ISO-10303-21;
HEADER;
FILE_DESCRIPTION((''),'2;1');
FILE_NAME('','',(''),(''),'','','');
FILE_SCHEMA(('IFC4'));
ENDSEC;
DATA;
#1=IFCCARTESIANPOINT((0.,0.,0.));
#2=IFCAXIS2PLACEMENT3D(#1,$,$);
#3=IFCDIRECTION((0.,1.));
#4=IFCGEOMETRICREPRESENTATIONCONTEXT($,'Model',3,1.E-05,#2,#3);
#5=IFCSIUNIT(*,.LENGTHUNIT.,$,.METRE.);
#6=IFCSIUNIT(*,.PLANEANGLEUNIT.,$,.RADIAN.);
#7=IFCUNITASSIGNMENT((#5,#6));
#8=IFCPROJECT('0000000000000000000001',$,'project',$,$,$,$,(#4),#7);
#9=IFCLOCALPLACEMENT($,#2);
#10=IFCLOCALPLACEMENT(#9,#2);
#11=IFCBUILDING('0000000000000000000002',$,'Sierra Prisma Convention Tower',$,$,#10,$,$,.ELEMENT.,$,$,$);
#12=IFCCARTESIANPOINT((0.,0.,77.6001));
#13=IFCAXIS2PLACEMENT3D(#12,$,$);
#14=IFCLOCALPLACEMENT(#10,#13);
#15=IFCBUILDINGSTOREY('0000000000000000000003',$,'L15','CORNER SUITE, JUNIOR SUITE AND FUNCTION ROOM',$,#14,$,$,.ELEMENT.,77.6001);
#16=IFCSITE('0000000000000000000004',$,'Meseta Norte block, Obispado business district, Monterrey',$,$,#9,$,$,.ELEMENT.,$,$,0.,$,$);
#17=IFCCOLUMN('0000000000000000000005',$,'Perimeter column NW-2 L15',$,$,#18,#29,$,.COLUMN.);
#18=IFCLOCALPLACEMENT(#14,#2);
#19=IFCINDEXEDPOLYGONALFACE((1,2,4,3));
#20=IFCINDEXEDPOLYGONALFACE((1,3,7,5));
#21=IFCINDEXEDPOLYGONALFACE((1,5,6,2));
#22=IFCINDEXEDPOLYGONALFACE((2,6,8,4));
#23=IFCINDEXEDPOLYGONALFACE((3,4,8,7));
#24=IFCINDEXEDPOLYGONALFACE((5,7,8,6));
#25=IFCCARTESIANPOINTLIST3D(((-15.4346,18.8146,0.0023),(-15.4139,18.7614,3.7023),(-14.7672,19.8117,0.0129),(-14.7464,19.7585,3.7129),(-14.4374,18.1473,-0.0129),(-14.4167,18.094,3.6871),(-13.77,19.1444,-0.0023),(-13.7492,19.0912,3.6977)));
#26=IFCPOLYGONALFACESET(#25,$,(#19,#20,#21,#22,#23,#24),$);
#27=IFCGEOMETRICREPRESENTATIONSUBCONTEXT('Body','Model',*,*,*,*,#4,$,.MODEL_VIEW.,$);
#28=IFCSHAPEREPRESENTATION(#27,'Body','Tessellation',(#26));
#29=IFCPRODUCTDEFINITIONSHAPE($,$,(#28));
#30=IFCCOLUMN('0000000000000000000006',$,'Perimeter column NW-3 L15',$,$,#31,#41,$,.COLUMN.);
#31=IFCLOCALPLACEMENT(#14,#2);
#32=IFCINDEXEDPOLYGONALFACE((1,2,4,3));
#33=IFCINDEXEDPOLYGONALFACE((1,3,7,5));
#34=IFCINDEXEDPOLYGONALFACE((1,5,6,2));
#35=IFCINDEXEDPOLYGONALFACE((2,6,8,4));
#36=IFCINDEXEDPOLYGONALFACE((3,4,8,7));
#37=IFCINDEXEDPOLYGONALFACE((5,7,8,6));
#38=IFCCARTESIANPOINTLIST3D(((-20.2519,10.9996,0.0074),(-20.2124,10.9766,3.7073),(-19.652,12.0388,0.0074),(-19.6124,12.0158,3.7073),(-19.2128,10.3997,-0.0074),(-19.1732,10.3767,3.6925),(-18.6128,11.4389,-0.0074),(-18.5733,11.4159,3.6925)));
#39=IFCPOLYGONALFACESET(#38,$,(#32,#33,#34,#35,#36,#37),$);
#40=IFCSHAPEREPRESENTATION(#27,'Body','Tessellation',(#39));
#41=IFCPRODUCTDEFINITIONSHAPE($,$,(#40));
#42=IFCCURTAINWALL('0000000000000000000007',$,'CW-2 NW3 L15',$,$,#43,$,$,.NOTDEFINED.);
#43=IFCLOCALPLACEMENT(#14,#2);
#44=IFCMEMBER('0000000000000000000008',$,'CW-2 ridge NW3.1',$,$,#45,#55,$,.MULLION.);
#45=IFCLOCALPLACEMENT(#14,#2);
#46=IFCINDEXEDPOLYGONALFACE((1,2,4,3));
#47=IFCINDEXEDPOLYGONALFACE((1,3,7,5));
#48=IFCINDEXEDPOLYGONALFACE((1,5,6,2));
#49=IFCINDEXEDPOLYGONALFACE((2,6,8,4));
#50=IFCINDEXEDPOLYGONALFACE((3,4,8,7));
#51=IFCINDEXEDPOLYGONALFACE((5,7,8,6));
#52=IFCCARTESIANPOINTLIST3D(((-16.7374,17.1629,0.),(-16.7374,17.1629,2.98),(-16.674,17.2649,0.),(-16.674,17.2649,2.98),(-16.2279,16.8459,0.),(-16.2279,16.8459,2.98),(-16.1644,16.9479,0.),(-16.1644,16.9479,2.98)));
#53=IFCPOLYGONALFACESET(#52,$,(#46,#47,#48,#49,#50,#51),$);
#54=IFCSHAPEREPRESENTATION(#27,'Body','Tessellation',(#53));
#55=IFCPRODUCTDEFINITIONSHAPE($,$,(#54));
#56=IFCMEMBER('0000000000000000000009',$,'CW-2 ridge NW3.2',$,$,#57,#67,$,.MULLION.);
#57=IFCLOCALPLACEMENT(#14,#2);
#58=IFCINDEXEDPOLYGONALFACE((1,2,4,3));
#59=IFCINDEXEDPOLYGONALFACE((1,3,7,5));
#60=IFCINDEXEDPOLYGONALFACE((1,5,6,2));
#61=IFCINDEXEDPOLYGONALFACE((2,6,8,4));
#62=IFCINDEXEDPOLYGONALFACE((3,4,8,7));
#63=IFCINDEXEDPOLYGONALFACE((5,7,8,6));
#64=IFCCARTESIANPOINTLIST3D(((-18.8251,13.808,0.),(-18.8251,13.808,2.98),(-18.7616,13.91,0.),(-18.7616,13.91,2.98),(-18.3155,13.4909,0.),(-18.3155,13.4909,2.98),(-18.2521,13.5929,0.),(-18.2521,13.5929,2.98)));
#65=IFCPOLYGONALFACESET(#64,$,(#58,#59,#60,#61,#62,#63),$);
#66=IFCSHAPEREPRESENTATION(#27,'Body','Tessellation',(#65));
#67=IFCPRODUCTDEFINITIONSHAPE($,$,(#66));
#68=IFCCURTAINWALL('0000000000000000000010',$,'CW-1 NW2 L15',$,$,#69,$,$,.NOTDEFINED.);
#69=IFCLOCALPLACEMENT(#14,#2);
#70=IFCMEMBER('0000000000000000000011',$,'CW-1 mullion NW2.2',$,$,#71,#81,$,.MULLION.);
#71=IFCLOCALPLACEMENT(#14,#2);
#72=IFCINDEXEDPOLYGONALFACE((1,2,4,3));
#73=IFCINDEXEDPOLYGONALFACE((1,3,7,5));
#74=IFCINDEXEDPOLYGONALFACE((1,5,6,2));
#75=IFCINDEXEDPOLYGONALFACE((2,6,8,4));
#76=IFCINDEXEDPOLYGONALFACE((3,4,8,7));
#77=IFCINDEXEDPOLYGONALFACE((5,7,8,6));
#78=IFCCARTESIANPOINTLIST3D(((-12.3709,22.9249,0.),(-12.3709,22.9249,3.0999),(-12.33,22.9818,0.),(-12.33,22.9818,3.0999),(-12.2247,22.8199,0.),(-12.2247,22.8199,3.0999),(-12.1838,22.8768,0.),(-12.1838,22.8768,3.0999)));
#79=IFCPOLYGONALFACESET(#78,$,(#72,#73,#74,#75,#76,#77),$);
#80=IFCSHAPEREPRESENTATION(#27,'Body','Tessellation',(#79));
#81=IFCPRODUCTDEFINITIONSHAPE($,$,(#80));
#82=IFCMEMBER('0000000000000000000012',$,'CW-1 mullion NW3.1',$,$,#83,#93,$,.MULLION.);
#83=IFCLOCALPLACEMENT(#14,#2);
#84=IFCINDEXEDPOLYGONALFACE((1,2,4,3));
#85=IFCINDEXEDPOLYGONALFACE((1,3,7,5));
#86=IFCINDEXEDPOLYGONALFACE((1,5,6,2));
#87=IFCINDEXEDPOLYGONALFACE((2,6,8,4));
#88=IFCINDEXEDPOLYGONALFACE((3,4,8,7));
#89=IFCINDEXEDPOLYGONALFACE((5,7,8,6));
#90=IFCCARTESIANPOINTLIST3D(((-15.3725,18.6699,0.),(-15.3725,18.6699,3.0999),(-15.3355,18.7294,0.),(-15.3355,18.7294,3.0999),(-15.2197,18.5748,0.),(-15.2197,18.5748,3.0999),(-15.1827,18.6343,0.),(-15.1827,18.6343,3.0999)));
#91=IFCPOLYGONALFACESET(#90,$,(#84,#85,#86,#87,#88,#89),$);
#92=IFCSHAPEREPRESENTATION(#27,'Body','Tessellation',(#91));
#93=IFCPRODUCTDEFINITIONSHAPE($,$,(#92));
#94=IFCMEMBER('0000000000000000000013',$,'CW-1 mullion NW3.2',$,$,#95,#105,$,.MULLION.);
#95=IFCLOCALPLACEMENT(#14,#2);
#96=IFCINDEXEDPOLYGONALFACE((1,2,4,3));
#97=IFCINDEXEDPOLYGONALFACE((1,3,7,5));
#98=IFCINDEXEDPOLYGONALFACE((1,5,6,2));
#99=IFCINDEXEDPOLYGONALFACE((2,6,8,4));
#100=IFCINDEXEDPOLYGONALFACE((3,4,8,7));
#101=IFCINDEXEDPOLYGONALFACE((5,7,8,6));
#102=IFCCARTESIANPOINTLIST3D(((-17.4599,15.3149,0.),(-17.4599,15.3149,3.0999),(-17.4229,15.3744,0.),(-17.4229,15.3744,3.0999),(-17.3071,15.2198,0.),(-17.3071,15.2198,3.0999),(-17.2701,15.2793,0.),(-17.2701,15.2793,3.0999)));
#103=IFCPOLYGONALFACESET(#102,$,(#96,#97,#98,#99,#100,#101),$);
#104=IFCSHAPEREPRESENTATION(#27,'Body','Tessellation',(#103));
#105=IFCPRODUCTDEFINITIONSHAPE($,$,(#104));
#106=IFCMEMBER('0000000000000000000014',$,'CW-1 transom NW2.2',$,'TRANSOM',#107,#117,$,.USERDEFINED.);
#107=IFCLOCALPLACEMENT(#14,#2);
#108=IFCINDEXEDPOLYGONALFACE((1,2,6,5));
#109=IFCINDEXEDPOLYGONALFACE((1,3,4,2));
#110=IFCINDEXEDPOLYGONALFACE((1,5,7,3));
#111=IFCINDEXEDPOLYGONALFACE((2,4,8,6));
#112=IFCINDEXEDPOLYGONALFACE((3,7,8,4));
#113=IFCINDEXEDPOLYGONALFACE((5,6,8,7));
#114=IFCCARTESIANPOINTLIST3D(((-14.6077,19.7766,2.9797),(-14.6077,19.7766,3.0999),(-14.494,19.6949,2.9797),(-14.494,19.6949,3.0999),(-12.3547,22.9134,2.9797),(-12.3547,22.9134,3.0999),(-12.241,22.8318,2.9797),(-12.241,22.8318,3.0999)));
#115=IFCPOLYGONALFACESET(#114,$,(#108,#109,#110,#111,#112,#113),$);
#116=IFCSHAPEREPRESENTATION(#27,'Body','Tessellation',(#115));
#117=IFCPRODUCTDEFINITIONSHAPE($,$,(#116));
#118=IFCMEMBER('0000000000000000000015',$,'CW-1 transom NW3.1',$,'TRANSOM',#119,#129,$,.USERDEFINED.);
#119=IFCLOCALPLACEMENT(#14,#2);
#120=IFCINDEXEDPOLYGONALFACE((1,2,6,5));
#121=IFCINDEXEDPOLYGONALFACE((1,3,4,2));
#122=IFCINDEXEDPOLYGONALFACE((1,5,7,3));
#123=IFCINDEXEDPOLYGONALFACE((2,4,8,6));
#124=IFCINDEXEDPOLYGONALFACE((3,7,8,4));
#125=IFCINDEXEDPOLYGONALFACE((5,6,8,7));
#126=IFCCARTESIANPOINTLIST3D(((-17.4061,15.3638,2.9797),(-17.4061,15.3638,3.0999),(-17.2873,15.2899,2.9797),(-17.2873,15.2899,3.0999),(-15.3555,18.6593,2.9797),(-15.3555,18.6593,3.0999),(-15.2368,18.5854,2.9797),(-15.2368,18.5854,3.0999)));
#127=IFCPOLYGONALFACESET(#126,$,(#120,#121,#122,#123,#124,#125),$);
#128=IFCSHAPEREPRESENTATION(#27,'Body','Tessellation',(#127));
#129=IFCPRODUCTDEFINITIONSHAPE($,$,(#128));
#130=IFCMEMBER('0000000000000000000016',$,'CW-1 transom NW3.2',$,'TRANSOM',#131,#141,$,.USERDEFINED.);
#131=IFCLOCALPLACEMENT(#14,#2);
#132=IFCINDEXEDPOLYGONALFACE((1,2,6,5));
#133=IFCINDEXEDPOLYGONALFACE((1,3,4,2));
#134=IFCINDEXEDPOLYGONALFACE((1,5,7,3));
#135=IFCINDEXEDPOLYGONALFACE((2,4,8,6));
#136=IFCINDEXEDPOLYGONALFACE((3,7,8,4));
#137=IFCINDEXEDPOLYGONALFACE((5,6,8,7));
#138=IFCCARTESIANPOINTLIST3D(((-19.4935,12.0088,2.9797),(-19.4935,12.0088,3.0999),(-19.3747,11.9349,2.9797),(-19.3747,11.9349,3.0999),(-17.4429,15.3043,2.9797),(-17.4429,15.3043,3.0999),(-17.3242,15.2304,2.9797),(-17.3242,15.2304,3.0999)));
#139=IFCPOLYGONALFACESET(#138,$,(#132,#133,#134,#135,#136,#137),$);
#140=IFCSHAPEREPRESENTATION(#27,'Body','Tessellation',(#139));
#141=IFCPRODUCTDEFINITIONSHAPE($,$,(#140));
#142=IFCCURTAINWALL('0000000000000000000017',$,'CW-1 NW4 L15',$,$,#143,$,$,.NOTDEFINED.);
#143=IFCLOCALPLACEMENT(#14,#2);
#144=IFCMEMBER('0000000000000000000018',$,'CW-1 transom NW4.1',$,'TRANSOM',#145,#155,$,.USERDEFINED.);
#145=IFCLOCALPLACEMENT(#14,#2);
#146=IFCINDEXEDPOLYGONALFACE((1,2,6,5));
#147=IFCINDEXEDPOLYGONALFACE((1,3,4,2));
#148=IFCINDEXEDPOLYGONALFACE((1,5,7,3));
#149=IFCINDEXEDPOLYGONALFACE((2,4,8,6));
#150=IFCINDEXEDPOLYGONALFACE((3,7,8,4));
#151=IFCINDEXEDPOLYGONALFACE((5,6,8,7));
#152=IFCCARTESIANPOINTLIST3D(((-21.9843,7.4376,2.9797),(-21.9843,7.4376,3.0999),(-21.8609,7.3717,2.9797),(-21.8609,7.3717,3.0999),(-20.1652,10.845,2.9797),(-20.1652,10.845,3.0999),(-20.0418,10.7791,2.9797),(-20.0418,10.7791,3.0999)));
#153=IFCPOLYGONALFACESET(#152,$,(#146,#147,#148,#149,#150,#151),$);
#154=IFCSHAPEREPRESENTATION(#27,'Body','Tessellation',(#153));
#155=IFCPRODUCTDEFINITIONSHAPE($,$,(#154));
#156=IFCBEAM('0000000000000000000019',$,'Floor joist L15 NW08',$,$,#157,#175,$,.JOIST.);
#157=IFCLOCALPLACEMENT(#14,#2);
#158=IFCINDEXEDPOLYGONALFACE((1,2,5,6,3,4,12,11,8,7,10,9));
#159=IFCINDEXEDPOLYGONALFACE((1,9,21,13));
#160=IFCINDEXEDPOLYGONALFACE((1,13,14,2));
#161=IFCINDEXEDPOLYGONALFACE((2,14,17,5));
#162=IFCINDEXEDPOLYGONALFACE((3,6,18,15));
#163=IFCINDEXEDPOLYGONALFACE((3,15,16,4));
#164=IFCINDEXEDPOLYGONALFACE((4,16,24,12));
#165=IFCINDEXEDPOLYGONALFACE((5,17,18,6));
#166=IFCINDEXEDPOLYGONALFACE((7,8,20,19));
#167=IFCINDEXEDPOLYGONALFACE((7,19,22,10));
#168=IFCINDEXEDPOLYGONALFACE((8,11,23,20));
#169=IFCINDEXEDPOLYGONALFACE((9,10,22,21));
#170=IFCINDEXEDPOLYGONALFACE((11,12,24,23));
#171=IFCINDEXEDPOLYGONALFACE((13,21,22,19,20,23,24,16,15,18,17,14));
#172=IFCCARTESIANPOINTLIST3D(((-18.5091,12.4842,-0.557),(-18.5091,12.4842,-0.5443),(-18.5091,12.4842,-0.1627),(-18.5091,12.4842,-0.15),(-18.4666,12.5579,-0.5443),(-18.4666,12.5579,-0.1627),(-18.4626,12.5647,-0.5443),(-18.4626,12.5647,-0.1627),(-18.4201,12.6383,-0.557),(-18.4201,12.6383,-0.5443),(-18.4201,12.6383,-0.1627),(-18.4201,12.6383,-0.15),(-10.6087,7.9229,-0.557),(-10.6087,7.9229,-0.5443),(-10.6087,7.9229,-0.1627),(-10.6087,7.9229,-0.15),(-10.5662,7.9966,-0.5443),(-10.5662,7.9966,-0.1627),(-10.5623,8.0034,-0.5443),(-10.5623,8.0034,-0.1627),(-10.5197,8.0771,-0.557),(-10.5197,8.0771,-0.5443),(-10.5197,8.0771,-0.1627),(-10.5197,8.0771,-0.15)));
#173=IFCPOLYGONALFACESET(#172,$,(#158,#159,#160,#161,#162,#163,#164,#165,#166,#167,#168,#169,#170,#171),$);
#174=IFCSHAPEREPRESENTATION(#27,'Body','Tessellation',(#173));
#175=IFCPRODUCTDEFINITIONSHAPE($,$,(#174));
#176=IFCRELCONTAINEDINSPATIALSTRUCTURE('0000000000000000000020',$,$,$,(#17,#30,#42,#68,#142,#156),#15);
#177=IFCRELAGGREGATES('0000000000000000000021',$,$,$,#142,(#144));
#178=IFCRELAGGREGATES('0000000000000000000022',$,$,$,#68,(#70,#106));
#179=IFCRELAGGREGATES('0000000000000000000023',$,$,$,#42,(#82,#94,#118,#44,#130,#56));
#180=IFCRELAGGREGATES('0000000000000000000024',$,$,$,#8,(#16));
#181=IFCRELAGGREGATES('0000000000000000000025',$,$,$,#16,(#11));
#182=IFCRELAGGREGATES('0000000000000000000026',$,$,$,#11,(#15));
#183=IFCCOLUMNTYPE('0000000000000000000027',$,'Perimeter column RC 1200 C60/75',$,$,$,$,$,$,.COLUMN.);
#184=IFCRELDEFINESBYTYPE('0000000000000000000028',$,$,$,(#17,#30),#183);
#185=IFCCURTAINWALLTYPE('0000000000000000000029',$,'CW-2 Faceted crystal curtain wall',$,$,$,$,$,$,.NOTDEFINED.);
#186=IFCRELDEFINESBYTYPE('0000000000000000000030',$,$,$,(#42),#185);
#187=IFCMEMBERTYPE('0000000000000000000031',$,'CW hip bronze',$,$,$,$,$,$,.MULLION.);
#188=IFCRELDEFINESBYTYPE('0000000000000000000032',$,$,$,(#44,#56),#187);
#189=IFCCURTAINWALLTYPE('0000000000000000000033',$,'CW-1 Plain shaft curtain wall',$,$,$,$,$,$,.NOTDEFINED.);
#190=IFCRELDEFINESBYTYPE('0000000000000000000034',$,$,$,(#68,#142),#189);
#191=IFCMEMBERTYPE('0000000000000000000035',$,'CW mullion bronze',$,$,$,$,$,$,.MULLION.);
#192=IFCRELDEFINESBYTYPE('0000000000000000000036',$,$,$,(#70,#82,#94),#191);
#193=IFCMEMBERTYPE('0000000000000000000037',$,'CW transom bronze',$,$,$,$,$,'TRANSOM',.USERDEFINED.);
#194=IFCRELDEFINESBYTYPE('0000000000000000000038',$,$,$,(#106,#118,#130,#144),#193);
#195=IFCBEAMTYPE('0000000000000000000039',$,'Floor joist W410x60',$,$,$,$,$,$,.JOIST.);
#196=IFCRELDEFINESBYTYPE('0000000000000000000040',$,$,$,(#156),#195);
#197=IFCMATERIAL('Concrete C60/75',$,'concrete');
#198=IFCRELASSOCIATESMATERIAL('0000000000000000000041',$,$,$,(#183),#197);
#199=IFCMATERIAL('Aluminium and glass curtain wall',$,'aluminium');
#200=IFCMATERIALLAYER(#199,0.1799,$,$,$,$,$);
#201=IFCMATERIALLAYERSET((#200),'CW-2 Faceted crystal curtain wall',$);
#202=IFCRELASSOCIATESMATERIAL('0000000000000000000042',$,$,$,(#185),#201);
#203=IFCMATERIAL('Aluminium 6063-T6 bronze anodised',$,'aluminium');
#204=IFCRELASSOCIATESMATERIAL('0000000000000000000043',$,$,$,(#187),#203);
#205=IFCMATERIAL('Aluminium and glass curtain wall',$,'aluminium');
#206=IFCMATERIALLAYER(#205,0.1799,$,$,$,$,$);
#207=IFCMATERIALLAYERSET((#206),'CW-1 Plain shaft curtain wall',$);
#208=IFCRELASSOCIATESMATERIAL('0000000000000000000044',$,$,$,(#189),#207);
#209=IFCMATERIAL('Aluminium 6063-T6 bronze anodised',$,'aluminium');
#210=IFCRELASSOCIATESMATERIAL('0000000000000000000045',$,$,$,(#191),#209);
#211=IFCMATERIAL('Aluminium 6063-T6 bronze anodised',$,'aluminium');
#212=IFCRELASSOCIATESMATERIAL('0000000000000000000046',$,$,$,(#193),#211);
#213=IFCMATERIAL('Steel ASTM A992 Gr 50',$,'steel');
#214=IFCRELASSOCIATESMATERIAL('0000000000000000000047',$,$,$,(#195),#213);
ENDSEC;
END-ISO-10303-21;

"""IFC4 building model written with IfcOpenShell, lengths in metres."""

from ifc_helpers import new_model, si_unit, direction, frame, origin, origin_2d, place, context, subcontext, project, spatial, rectangle, i_section, extrude, material, layer, layer_set, material_profile, profile_set, type_object, element, aggregate, save


model = new_model("IFC4")

# Units and contexts
model_context = context("Model", 3, precision=1e-05, world=origin(), true_north=direction((0.0, 1.0)))
body_context = subcontext(model_context, "Body", "Model", "MODEL_VIEW")
ifc_project = project(units=[si_unit("LENGTHUNIT", "METRE"), si_unit("PLANEANGLEUNIT", "RADIAN")], contexts=[model_context])

# Site, building, storey
site_placement = place(None, origin())
site = spatial("IfcSite", under=ifc_project, at=site_placement, Name="Meseta Norte block, Obispado business district, Monterrey", CompositionType="ELEMENT", RefElevation=0.0)
building_placement = place(site_placement, origin())
building = spatial("IfcBuilding", under=site, at=building_placement, Name="Sierra Prisma Convention Tower", CompositionType="ELEMENT")
storey_placement = place(building_placement, frame((0.0, 0.0, 77.6001)))
storey = spatial("IfcBuildingStorey", under=building, at=storey_placement, Name="L15", Description="CORNER SUITE, JUNIOR SUITE AND FUNCTION ROOM", CompositionType="ELEMENT", Elevation=77.6001)

# Columns
ifc_material_1 = material(Name="Concrete C60/75", Category="concrete")
ifc_material_profile_1 = material_profile(ifc_material_1, rectangle(XDim=1.2, YDim=1.2, at=origin_2d()), Name="Perimeter column RC 1200 C60/75")
ifc_profile_set_1 = profile_set([ifc_material_profile_1], Name="Concrete C60/75")
column_type = type_object("IfcColumnType", Name="Perimeter column RC 1200 C60/75", PredefinedType="COLUMN", material=ifc_profile_set_1)
column_1_placement = place(storey_placement, frame((-14.6023, 18.9795, 0.0), z_axis=(0.005608, -0.014383, 0.999881), x_axis=(0.556229, 0.830982, 0.008834)))
element("IfcColumn", 1, at=column_1_placement, inside=storey, type_object=column_type, Name="Perimeter column NW-2 L15", PredefinedType="COLUMN", context=body_context, shape_type="SweptSolid", body=[
    extrude(rectangle(XDim=1.2, YDim=1.2, at=origin_2d()), origin(), (0.0, 0.0, 1.0), 3.7004),
])
column_2_placement = place(storey_placement, frame((-19.4324, 11.2192, 0.0), z_axis=(0.010689, -0.006202, 0.999924), x_axis=(0.499971, 0.866042, 0.000027)))
element("IfcColumn", 2, at=column_2_placement, inside=storey, type_object=column_type, Name="Perimeter column NW-3 L15", PredefinedType="COLUMN", context=body_context, shape_type="SweptSolid", body=[
    extrude(rectangle(XDim=1.2, YDim=1.2, at=origin_2d()), origin(), (0.0, 0.0, 1.0), 3.7002),
])

# Curtain wall, members
ifc_material_2 = material(Name="Aluminium and glass curtain wall", Category="aluminium")
ifc_layer_1 = layer(ifc_material_2, 0.1799)
ifc_layer_set_1 = layer_set([ifc_layer_1], Name="CW-2 Faceted crystal curtain wall")
curtain_wall_type_1 = type_object("IfcCurtainWallType", Name="CW-2 Faceted crystal curtain wall", PredefinedType="NOTDEFINED", material=ifc_layer_set_1)
curtain_wall_1_placement = place(storey_placement, origin())
curtain_wall_1 = element("IfcCurtainWall", 3, at=curtain_wall_1_placement, inside=storey, type_object=curtain_wall_type_1, Name="CW-2 NW3 L15", PredefinedType="NOTDEFINED")
ifc_material_3 = material(Name="Aluminium 6063-T6 bronze anodised", Category="aluminium")
ifc_material_profile_2 = material_profile(ifc_material_3, rectangle(XDim=0.1201, YDim=0.6001, at=origin_2d()), Name="ALU RIDGE BLADE 120x600")
ifc_profile_set_2 = profile_set([ifc_material_profile_2], Name="Aluminium 6063-T6 bronze anodised")
member_type_1 = type_object("IfcMemberType", Name="CW hip bronze", PredefinedType="MULLION", material=ifc_profile_set_2)
member_1_placement = place(storey_placement, frame((-16.4509, 17.0554, 0.0), z_axis=(0.0, 0.0, 1.0), x_axis=(-0.528313, -0.84905, 0.0)))
member_1 = element("IfcMember", 4, at=member_1_placement, type_object=member_type_1, Name="CW-2 ridge NW3.1", PredefinedType="MULLION", context=body_context, shape_type="SweptSolid", body=[
    extrude(rectangle(XDim=0.1201, YDim=0.6001, at=origin_2d()), origin(), (0.0, 0.0, 1.0), 2.98),
])
member_2_placement = place(storey_placement, frame((-18.5386, 13.7004, 0.0), z_axis=(0.0, 0.0, 1.0), x_axis=(-0.528313, -0.84905, 0.0)))
member_2 = element("IfcMember", 5, at=member_2_placement, type_object=member_type_1, Name="CW-2 ridge NW3.2", PredefinedType="MULLION", context=body_context, shape_type="SweptSolid", body=[
    extrude(rectangle(XDim=0.1201, YDim=0.6001, at=origin_2d()), origin(), (0.0, 0.0, 1.0), 2.98),
])

# Curtain wall, member
ifc_material_4 = material(Name="Aluminium and glass curtain wall", Category="aluminium")
ifc_layer_2 = layer(ifc_material_4, 0.1799)
ifc_layer_set_2 = layer_set([ifc_layer_2], Name="CW-1 Plain shaft curtain wall")
curtain_wall_type_2 = type_object("IfcCurtainWallType", Name="CW-1 Plain shaft curtain wall", PredefinedType="NOTDEFINED", material=ifc_layer_set_2)
curtain_wall_2_placement = place(storey_placement, origin())
curtain_wall_2 = element("IfcCurtainWall", 6, at=curtain_wall_2_placement, inside=storey, type_object=curtain_wall_type_2, Name="CW-1 NW2 L15", PredefinedType="NOTDEFINED")
ifc_material_5 = material(Name="Aluminium 6063-T6 bronze anodised", Category="aluminium")
ifc_material_profile_3 = material_profile(ifc_material_5, rectangle(XDim=0.1799, YDim=0.0701, at=origin_2d()), Name="ALU MULLION 70x180")
ifc_profile_set_3 = profile_set([ifc_material_profile_3], Name="Aluminium 6063-T6 bronze anodised")
member_type_2 = type_object("IfcMemberType", Name="CW mullion bronze", PredefinedType="MULLION", material=ifc_profile_set_3)
member_3_placement = place(storey_placement, frame((-12.2773, 22.9009, 0.0), z_axis=(0.0, 0.0, 1.0), x_axis=(0.812184, -0.583401, 0.0)))
member_3 = element("IfcMember", 7, at=member_3_placement, type_object=member_type_2, Name="CW-1 mullion NW2.2", PredefinedType="MULLION", context=body_context, shape_type="SweptSolid", body=[
    extrude(rectangle(XDim=0.1799, YDim=0.0701, at=origin_2d()), origin(), (0.0, 0.0, 1.0), 3.0999),
])

# Members
member_4_placement = place(storey_placement, frame((-15.2776, 18.6521, 0.0), z_axis=(0.0, 0.0, 1.0), x_axis=(0.84905, -0.528313, 0.0)))
member_4 = element("IfcMember", 8, at=member_4_placement, type_object=member_type_2, Name="CW-1 mullion NW3.1", PredefinedType="MULLION", context=body_context, shape_type="SweptSolid", body=[
    extrude(rectangle(XDim=0.1799, YDim=0.0701, at=origin_2d()), origin(), (0.0, 0.0, 1.0), 3.0999),
])
member_5_placement = place(storey_placement, frame((-17.365, 15.2971, 0.0), z_axis=(0.0, 0.0, 1.0), x_axis=(0.84905, -0.528313, 0.0)))
member_5 = element("IfcMember", 9, at=member_5_placement, type_object=member_type_2, Name="CW-1 mullion NW3.2", PredefinedType="MULLION", context=body_context, shape_type="SweptSolid", body=[
    extrude(rectangle(XDim=0.1799, YDim=0.0701, at=origin_2d()), origin(), (0.0, 0.0, 1.0), 3.0999),
])
ifc_material_6 = material(Name="Aluminium 6063-T6 bronze anodised", Category="aluminium")
ifc_material_profile_4 = material_profile(ifc_material_6, rectangle(XDim=0.1399, YDim=0.1201, at=origin_2d()), Name="ALU TRANSOM 120x140")
ifc_profile_set_4 = profile_set([ifc_material_profile_4], Name="Aluminium 6063-T6 bronze anodised")
member_type_3 = type_object("IfcMemberType", Name="CW transom bronze", ElementType="TRANSOM", PredefinedType="USERDEFINED", material=ifc_profile_set_4)
member_6_placement = place(storey_placement, frame((-12.2979, 22.8726, 3.0398), z_axis=(-0.583365, -0.81221, 0.0), x_axis=(0.81221, -0.583365, 0.0)))
member_6 = element("IfcMember", 10, at=member_6_placement, type_object=member_type_3, Name="CW-1 transom NW2.2", ObjectType="TRANSOM", PredefinedType="USERDEFINED", context=body_context, shape_type="SweptSolid", body=[
    extrude(rectangle(XDim=0.1399, YDim=0.1201, at=origin_2d()), origin(), (0.0, 0.0, 1.0), 3.8621),
])
member_7_placement = place(storey_placement, frame((-15.2961, 18.6223, 3.0398), z_axis=(-0.528313, -0.84905, 0.0), x_axis=(0.84905, -0.528313, 0.0)))
member_7 = element("IfcMember", 11, at=member_7_placement, type_object=member_type_3, Name="CW-1 transom NW3.1", ObjectType="TRANSOM", PredefinedType="USERDEFINED", context=body_context, shape_type="SweptSolid", body=[
    extrude(rectangle(XDim=0.1399, YDim=0.1201, at=origin_2d()), origin(), (0.0, 0.0, 1.0), 3.8813),
])
member_8_placement = place(storey_placement, frame((-17.3835, 15.2673, 3.0398), z_axis=(-0.528313, -0.84905, 0.0), x_axis=(0.84905, -0.528313, 0.0)))
member_8 = element("IfcMember", 12, at=member_8_placement, type_object=member_type_3, Name="CW-1 transom NW3.2", ObjectType="TRANSOM", PredefinedType="USERDEFINED", context=body_context, shape_type="SweptSolid", body=[
    extrude(rectangle(XDim=0.1399, YDim=0.1201, at=origin_2d()), origin(), (0.0, 0.0, 1.0), 3.8813),
])

# Curtain wall, member
curtain_wall_3_placement = place(storey_placement, origin())
curtain_wall_3 = element("IfcCurtainWall", 13, at=curtain_wall_3_placement, inside=storey, type_object=curtain_wall_type_2, Name="CW-1 NW4 L15", PredefinedType="NOTDEFINED")
member_9_placement = place(storey_placement, frame((-20.1035, 10.812, 3.0398), z_axis=(-0.470946, -0.882162, 0.0), x_axis=(0.882162, -0.470946, 0.0)))
member_9 = element("IfcMember", 14, at=member_9_placement, type_object=member_type_3, Name="CW-1 transom NW4.1", ObjectType="TRANSOM", PredefinedType="USERDEFINED", context=body_context, shape_type="SweptSolid", body=[
    extrude(rectangle(XDim=0.1399, YDim=0.1201, at=origin_2d()), origin(), (0.0, 0.0, 1.0), 3.8625),
])
aggregate(curtain_wall_3, [member_9])

# Beam
ifc_material_7 = material(Name="Steel ASTM A992 Gr 50", Category="steel")
ifc_material_profile_5 = material_profile(ifc_material_7, i_section(OverallWidth=0.178, OverallDepth=0.407, WebThickness=0.0078, FlangeThickness=0.0127, at=origin_2d()), Name="W410x60")
ifc_profile_set_5 = profile_set([ifc_material_profile_5], Name="Steel ASTM A992 Gr 50")
beam_type_1 = type_object("IfcBeamType", Name="Floor joist W410x60", PredefinedType="JOIST", material=ifc_profile_set_5)
beam_1_placement = place(storey_placement, frame((-18.4646, 12.5613, -0.3535), z_axis=(0.866026, -0.499999, 0.0), x_axis=(0.499999, 0.866026, 0.0)))
element("IfcBeam", 15, at=beam_1_placement, inside=storey, type_object=beam_type_1, Name="Floor joist L15 NW08", PredefinedType="JOIST", context=body_context, shape_type="SweptSolid", body=[
    extrude(i_section(OverallWidth=0.178, OverallDepth=0.407, WebThickness=0.0078, FlangeThickness=0.0127, at=origin_2d()), origin(), (0.0, 0.0, 1.0), 9.1226),
])

aggregate(curtain_wall_2, [member_3, member_6])
aggregate(curtain_wall_1, [member_4, member_5, member_7, member_1, member_8, member_2])

save(model, "model.ifc")
